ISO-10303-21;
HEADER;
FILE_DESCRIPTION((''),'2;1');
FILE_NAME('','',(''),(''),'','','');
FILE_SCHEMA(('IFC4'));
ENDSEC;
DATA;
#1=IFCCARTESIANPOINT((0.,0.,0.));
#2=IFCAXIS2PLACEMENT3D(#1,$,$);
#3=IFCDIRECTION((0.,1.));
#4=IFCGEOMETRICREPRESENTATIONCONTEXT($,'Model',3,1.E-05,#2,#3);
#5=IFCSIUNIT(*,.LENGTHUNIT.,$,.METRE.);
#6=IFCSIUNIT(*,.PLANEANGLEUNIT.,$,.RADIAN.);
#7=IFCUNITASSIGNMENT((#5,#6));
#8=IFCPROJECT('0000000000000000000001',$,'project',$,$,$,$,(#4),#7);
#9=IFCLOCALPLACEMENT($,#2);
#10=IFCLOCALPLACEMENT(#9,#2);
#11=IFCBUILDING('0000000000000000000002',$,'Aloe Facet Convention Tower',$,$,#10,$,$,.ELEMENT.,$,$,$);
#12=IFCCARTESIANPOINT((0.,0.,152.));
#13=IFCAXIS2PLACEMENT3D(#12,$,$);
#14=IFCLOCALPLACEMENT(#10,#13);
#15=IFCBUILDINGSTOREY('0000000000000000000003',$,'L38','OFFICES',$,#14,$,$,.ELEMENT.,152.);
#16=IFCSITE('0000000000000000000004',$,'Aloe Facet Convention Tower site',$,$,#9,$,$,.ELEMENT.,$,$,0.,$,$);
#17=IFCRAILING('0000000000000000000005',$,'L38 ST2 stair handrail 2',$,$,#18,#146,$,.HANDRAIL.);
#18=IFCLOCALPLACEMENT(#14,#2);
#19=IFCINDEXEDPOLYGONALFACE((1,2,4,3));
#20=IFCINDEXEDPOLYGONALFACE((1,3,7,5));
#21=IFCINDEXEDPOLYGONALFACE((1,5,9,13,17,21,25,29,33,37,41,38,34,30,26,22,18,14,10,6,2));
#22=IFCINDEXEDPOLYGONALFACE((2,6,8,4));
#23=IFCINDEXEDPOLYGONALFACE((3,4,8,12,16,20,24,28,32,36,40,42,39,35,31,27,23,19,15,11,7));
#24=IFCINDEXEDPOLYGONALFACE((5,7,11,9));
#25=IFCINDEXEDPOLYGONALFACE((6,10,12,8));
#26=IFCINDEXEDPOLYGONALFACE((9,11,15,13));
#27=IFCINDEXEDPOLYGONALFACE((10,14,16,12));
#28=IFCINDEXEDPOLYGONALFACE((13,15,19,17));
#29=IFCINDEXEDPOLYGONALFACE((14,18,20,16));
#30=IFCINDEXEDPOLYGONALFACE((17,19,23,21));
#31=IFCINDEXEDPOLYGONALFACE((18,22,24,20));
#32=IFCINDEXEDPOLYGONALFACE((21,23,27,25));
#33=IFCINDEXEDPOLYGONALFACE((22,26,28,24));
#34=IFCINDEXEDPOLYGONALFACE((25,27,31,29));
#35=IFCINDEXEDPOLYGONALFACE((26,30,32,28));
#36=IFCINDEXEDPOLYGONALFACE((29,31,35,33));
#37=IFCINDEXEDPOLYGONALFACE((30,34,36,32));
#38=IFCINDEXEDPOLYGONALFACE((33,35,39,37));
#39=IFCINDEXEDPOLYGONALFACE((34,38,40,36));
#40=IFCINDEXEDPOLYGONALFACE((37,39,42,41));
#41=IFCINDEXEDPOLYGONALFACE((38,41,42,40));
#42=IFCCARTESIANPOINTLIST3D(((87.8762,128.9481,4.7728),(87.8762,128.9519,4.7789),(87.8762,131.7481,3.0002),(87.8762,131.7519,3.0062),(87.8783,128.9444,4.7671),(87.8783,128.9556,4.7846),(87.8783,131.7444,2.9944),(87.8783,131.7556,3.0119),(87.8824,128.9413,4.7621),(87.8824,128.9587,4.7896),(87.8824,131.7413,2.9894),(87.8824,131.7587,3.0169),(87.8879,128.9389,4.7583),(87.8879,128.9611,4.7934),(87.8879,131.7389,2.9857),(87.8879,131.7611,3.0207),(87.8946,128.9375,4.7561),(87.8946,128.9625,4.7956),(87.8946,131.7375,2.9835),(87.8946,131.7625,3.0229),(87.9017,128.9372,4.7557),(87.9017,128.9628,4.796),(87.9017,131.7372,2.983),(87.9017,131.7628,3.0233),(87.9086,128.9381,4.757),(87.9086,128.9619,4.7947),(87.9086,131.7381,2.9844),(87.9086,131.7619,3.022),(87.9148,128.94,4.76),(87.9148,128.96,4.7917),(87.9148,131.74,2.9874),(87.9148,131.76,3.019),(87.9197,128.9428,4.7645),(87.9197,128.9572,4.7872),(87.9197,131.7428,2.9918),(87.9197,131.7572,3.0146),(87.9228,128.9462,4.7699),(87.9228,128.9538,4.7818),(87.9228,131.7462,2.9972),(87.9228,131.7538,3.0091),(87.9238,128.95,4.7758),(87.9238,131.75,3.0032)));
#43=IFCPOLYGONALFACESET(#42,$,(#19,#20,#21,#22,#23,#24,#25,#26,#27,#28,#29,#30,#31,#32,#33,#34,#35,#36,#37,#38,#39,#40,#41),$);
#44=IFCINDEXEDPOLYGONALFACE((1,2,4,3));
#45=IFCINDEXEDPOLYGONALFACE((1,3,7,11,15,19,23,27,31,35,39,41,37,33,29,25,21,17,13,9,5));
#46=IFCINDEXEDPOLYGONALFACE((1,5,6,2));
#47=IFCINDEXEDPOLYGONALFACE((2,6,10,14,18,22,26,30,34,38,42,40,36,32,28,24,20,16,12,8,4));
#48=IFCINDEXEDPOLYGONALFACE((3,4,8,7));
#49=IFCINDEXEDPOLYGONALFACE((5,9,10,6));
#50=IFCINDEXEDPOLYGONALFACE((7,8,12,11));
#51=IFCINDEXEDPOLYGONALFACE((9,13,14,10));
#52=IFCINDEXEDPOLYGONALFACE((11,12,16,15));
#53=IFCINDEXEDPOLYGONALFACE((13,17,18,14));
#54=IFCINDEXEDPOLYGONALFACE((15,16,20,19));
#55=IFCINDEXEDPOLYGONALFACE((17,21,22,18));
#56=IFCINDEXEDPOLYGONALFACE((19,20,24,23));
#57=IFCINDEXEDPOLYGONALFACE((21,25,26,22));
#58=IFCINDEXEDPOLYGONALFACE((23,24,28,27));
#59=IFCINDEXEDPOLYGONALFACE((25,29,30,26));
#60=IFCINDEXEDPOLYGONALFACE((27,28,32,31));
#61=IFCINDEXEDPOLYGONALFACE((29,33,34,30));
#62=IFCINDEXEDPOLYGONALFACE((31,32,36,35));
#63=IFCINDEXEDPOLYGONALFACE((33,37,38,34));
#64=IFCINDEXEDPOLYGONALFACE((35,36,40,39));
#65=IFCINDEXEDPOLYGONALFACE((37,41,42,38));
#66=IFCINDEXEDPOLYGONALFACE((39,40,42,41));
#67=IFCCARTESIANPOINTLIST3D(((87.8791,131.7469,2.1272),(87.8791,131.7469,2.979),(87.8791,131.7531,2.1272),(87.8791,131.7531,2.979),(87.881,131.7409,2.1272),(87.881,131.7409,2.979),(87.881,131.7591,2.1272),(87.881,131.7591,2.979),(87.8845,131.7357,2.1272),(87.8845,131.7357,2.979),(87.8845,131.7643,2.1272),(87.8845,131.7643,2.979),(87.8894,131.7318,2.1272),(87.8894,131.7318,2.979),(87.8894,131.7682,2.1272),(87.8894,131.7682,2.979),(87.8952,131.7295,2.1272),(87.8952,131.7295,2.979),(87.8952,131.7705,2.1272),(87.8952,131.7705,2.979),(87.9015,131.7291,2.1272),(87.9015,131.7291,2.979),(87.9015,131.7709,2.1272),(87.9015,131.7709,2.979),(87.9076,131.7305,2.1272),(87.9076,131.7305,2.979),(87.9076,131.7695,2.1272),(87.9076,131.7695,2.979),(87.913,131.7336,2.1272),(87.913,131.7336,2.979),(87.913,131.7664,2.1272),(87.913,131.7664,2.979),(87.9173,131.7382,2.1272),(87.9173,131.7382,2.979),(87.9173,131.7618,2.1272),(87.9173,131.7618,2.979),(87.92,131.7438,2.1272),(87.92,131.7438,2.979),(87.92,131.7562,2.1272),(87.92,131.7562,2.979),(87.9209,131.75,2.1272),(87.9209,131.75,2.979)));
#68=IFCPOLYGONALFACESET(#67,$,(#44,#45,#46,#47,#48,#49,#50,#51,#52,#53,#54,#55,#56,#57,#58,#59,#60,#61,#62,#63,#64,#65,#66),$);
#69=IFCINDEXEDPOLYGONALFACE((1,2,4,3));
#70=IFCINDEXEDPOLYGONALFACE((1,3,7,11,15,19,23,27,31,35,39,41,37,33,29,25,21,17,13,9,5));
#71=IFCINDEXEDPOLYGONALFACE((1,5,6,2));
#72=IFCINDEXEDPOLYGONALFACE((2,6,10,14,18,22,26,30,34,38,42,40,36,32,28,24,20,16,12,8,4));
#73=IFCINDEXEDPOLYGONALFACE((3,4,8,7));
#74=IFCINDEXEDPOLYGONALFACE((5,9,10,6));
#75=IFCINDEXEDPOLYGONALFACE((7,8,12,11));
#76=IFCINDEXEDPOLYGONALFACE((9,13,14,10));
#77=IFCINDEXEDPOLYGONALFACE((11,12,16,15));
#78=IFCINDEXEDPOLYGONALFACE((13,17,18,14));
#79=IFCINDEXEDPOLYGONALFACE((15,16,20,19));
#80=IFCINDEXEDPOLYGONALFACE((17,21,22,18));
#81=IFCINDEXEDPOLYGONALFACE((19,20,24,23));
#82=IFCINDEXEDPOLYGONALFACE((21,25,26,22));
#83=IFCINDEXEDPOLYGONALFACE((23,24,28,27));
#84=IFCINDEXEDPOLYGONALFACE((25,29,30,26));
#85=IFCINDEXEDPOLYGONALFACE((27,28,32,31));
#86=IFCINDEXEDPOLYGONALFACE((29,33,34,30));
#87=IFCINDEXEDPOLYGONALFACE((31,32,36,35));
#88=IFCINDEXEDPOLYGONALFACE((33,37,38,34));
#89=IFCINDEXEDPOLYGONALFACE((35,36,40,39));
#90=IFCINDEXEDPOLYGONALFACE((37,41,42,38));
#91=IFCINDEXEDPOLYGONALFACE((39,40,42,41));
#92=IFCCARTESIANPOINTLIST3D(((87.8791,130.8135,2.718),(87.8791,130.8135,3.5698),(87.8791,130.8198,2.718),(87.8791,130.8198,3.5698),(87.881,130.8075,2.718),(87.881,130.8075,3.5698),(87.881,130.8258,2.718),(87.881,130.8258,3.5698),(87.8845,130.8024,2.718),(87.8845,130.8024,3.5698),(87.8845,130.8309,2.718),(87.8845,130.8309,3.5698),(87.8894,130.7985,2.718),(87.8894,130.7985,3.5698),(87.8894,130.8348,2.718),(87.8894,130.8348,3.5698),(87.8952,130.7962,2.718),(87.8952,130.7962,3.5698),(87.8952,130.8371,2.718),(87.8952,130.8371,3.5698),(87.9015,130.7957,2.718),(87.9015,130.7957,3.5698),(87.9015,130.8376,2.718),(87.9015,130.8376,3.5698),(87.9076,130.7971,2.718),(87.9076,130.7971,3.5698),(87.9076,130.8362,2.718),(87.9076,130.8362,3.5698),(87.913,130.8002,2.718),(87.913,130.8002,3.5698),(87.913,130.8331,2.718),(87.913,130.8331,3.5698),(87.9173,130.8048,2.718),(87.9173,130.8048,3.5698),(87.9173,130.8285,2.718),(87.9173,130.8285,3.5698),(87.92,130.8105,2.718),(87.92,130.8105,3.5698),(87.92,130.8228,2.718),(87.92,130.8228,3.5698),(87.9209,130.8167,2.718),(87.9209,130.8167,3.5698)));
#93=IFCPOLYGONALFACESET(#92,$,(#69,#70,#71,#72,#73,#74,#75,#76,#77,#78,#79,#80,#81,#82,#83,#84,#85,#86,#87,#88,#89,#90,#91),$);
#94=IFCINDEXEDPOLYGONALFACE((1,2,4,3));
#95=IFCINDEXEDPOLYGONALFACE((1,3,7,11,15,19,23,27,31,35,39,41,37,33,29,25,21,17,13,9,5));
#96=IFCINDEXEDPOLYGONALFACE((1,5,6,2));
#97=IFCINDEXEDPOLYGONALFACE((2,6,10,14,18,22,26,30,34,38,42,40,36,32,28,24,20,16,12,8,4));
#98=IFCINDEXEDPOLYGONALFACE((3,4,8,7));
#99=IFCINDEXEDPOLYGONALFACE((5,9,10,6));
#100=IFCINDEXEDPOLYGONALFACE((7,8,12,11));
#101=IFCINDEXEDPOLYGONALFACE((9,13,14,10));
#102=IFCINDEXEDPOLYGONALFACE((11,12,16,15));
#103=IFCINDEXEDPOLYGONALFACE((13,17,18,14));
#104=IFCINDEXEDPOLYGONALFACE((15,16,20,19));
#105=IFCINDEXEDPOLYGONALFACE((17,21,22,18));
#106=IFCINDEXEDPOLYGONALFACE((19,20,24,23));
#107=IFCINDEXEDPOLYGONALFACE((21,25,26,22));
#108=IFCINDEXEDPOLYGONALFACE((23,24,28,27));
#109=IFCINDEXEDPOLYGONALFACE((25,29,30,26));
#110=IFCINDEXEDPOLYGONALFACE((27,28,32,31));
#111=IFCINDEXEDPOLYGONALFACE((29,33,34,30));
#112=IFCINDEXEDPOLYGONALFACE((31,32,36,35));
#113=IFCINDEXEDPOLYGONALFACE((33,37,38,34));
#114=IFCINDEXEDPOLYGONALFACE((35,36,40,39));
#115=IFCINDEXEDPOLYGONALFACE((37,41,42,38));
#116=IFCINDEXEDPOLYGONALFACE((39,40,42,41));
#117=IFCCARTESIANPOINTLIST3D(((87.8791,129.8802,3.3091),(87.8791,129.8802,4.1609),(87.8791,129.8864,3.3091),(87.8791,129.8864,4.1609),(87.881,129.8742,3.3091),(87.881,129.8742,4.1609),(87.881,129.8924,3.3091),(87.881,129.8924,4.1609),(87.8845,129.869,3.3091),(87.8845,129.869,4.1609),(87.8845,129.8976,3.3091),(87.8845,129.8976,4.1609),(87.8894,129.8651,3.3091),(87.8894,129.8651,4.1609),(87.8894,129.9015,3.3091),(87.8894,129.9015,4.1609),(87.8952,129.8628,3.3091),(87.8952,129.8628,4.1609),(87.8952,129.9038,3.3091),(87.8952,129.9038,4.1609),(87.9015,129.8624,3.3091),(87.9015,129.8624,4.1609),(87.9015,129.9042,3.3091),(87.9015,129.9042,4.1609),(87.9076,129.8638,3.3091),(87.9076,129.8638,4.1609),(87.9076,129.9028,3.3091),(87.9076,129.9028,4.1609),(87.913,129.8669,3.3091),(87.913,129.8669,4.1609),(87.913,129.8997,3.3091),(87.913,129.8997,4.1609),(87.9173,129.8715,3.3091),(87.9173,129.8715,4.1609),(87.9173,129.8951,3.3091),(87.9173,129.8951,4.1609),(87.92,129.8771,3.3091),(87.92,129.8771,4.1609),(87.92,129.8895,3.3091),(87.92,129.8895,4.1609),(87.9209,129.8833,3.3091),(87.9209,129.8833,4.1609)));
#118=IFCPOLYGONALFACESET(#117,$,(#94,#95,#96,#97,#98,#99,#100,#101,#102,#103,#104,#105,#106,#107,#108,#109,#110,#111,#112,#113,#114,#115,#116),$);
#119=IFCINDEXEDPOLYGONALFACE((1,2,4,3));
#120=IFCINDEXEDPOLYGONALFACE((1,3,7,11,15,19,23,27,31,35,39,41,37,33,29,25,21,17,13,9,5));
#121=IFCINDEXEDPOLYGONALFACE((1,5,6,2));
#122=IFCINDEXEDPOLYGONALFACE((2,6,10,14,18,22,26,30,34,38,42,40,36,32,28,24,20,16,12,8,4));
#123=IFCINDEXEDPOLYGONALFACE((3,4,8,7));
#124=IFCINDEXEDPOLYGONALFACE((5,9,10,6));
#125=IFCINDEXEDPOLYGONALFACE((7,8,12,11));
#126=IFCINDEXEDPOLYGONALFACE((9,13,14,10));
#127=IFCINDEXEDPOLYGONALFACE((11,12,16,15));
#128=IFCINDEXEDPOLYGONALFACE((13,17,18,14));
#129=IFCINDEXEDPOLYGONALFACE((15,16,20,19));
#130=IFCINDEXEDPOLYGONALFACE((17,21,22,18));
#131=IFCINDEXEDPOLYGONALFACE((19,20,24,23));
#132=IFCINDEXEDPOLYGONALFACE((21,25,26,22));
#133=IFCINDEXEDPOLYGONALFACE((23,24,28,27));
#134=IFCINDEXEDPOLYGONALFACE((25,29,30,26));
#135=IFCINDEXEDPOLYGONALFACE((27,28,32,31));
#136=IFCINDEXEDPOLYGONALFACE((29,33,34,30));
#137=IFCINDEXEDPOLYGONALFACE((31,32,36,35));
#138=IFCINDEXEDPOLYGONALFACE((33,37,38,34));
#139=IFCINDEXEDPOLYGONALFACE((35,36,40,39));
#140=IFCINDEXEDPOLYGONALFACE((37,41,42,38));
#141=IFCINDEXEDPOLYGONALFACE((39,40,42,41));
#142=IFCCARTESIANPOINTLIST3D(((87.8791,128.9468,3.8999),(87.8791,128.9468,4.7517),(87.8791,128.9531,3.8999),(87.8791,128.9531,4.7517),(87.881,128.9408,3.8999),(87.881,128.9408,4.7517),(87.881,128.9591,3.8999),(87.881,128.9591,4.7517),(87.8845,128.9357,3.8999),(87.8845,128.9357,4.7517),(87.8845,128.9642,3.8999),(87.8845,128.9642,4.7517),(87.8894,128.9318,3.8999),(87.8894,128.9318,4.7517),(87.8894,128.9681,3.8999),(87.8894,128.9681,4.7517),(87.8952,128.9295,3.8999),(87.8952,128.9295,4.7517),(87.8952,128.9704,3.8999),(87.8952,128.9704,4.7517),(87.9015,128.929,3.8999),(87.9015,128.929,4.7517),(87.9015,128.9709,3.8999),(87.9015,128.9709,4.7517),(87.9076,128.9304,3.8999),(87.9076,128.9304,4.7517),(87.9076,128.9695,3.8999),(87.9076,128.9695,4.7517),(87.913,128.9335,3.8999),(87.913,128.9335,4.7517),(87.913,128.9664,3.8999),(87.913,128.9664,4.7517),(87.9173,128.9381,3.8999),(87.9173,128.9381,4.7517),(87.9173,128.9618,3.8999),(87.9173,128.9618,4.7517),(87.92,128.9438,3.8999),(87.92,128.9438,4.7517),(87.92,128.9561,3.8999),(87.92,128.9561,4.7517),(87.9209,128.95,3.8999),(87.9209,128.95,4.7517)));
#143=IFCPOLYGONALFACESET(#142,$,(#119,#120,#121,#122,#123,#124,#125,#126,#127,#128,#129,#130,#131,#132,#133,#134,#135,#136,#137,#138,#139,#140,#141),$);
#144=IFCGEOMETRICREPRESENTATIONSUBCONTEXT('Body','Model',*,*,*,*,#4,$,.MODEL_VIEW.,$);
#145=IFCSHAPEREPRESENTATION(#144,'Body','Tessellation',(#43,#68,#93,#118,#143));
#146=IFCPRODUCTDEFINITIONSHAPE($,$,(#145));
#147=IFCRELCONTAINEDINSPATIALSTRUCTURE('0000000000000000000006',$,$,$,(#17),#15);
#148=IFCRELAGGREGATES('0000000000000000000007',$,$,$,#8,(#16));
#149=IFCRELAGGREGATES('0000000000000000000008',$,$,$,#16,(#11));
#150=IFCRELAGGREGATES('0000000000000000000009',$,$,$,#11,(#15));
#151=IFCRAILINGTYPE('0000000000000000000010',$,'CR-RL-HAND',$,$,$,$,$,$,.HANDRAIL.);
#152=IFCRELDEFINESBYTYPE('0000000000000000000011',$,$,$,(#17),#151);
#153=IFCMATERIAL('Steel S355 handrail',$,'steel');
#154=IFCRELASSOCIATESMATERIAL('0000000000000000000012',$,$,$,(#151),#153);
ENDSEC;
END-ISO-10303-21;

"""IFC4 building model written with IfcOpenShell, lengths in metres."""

from ifc_helpers import new_model, si_unit, direction, frame, origin, origin_2d, place, context, subcontext, project, spatial, circle, extrude, material, type_object, element, save


model = new_model("IFC4")

# Units and contexts
model_context = context("Model", 3, precision=1e-05, world=origin(), true_north=direction((0.0, 1.0)))
body_context = subcontext(model_context, "Body", "Model", "MODEL_VIEW")
ifc_project = project(units=[si_unit("LENGTHUNIT", "METRE"), si_unit("PLANEANGLEUNIT", "RADIAN")], contexts=[model_context])

# Site, building, storey
site_placement = place(None, origin())
site = spatial("IfcSite", under=ifc_project, at=site_placement, Name="Aloe Facet Convention Tower site", CompositionType="ELEMENT", RefElevation=0.0)
building_placement = place(site_placement, origin())
building = spatial("IfcBuilding", under=site, at=building_placement, Name="Aloe Facet Convention Tower", CompositionType="ELEMENT")
storey_placement = place(building_placement, frame((0.0, 0.0, 152.0)))
storey = spatial("IfcBuildingStorey", under=building, at=storey_placement, Name="L38", Description="OFFICES", CompositionType="ELEMENT", Elevation=152.0)

# Railing
ifc_material_1 = material(Name="Steel S355 handrail", Category="steel")
railing_type_1 = type_object("IfcRailingType", Name="CR-RL-HAND", PredefinedType="HANDRAIL", material=ifc_material_1)
railing_1_placement = place(storey_placement, frame((87.8999, 131.75, 2.1272)))
element("IfcRailing", 1, at=railing_1_placement, inside=storey, type_object=railing_type_1, Name="L38 ST2 stair handrail 2", PredefinedType="HANDRAIL", context=body_context, shape_type="SweptSolid", body=[
    extrude(circle(Radius=0.0239, at=origin_2d()), frame((0.0, 0.0, 0.876), z_axis=(0.0, -0.844909, 0.53491), x_axis=(1.0, 0.0, 0.0)), (0.0, 0.0, 1.0), 3.314),
    extrude(circle(Radius=0.021, at=origin_2d()), origin(), (0.0, 0.0, 1.0), 0.8518),
    extrude(circle(Radius=0.021, at=origin_2d()), frame((0.0, -0.9333, 0.5908)), (0.0, 0.0, 1.0), 0.8518),
    extrude(circle(Radius=0.021, at=origin_2d()), frame((0.0, -1.8667, 1.1819)), (0.0, 0.0, 1.0), 0.8518),
    extrude(circle(Radius=0.021, at=origin_2d()), frame((0.0, -2.8, 1.7727)), (0.0, 0.0, 1.0), 0.8518),
])

save(model, "model.ifc")
